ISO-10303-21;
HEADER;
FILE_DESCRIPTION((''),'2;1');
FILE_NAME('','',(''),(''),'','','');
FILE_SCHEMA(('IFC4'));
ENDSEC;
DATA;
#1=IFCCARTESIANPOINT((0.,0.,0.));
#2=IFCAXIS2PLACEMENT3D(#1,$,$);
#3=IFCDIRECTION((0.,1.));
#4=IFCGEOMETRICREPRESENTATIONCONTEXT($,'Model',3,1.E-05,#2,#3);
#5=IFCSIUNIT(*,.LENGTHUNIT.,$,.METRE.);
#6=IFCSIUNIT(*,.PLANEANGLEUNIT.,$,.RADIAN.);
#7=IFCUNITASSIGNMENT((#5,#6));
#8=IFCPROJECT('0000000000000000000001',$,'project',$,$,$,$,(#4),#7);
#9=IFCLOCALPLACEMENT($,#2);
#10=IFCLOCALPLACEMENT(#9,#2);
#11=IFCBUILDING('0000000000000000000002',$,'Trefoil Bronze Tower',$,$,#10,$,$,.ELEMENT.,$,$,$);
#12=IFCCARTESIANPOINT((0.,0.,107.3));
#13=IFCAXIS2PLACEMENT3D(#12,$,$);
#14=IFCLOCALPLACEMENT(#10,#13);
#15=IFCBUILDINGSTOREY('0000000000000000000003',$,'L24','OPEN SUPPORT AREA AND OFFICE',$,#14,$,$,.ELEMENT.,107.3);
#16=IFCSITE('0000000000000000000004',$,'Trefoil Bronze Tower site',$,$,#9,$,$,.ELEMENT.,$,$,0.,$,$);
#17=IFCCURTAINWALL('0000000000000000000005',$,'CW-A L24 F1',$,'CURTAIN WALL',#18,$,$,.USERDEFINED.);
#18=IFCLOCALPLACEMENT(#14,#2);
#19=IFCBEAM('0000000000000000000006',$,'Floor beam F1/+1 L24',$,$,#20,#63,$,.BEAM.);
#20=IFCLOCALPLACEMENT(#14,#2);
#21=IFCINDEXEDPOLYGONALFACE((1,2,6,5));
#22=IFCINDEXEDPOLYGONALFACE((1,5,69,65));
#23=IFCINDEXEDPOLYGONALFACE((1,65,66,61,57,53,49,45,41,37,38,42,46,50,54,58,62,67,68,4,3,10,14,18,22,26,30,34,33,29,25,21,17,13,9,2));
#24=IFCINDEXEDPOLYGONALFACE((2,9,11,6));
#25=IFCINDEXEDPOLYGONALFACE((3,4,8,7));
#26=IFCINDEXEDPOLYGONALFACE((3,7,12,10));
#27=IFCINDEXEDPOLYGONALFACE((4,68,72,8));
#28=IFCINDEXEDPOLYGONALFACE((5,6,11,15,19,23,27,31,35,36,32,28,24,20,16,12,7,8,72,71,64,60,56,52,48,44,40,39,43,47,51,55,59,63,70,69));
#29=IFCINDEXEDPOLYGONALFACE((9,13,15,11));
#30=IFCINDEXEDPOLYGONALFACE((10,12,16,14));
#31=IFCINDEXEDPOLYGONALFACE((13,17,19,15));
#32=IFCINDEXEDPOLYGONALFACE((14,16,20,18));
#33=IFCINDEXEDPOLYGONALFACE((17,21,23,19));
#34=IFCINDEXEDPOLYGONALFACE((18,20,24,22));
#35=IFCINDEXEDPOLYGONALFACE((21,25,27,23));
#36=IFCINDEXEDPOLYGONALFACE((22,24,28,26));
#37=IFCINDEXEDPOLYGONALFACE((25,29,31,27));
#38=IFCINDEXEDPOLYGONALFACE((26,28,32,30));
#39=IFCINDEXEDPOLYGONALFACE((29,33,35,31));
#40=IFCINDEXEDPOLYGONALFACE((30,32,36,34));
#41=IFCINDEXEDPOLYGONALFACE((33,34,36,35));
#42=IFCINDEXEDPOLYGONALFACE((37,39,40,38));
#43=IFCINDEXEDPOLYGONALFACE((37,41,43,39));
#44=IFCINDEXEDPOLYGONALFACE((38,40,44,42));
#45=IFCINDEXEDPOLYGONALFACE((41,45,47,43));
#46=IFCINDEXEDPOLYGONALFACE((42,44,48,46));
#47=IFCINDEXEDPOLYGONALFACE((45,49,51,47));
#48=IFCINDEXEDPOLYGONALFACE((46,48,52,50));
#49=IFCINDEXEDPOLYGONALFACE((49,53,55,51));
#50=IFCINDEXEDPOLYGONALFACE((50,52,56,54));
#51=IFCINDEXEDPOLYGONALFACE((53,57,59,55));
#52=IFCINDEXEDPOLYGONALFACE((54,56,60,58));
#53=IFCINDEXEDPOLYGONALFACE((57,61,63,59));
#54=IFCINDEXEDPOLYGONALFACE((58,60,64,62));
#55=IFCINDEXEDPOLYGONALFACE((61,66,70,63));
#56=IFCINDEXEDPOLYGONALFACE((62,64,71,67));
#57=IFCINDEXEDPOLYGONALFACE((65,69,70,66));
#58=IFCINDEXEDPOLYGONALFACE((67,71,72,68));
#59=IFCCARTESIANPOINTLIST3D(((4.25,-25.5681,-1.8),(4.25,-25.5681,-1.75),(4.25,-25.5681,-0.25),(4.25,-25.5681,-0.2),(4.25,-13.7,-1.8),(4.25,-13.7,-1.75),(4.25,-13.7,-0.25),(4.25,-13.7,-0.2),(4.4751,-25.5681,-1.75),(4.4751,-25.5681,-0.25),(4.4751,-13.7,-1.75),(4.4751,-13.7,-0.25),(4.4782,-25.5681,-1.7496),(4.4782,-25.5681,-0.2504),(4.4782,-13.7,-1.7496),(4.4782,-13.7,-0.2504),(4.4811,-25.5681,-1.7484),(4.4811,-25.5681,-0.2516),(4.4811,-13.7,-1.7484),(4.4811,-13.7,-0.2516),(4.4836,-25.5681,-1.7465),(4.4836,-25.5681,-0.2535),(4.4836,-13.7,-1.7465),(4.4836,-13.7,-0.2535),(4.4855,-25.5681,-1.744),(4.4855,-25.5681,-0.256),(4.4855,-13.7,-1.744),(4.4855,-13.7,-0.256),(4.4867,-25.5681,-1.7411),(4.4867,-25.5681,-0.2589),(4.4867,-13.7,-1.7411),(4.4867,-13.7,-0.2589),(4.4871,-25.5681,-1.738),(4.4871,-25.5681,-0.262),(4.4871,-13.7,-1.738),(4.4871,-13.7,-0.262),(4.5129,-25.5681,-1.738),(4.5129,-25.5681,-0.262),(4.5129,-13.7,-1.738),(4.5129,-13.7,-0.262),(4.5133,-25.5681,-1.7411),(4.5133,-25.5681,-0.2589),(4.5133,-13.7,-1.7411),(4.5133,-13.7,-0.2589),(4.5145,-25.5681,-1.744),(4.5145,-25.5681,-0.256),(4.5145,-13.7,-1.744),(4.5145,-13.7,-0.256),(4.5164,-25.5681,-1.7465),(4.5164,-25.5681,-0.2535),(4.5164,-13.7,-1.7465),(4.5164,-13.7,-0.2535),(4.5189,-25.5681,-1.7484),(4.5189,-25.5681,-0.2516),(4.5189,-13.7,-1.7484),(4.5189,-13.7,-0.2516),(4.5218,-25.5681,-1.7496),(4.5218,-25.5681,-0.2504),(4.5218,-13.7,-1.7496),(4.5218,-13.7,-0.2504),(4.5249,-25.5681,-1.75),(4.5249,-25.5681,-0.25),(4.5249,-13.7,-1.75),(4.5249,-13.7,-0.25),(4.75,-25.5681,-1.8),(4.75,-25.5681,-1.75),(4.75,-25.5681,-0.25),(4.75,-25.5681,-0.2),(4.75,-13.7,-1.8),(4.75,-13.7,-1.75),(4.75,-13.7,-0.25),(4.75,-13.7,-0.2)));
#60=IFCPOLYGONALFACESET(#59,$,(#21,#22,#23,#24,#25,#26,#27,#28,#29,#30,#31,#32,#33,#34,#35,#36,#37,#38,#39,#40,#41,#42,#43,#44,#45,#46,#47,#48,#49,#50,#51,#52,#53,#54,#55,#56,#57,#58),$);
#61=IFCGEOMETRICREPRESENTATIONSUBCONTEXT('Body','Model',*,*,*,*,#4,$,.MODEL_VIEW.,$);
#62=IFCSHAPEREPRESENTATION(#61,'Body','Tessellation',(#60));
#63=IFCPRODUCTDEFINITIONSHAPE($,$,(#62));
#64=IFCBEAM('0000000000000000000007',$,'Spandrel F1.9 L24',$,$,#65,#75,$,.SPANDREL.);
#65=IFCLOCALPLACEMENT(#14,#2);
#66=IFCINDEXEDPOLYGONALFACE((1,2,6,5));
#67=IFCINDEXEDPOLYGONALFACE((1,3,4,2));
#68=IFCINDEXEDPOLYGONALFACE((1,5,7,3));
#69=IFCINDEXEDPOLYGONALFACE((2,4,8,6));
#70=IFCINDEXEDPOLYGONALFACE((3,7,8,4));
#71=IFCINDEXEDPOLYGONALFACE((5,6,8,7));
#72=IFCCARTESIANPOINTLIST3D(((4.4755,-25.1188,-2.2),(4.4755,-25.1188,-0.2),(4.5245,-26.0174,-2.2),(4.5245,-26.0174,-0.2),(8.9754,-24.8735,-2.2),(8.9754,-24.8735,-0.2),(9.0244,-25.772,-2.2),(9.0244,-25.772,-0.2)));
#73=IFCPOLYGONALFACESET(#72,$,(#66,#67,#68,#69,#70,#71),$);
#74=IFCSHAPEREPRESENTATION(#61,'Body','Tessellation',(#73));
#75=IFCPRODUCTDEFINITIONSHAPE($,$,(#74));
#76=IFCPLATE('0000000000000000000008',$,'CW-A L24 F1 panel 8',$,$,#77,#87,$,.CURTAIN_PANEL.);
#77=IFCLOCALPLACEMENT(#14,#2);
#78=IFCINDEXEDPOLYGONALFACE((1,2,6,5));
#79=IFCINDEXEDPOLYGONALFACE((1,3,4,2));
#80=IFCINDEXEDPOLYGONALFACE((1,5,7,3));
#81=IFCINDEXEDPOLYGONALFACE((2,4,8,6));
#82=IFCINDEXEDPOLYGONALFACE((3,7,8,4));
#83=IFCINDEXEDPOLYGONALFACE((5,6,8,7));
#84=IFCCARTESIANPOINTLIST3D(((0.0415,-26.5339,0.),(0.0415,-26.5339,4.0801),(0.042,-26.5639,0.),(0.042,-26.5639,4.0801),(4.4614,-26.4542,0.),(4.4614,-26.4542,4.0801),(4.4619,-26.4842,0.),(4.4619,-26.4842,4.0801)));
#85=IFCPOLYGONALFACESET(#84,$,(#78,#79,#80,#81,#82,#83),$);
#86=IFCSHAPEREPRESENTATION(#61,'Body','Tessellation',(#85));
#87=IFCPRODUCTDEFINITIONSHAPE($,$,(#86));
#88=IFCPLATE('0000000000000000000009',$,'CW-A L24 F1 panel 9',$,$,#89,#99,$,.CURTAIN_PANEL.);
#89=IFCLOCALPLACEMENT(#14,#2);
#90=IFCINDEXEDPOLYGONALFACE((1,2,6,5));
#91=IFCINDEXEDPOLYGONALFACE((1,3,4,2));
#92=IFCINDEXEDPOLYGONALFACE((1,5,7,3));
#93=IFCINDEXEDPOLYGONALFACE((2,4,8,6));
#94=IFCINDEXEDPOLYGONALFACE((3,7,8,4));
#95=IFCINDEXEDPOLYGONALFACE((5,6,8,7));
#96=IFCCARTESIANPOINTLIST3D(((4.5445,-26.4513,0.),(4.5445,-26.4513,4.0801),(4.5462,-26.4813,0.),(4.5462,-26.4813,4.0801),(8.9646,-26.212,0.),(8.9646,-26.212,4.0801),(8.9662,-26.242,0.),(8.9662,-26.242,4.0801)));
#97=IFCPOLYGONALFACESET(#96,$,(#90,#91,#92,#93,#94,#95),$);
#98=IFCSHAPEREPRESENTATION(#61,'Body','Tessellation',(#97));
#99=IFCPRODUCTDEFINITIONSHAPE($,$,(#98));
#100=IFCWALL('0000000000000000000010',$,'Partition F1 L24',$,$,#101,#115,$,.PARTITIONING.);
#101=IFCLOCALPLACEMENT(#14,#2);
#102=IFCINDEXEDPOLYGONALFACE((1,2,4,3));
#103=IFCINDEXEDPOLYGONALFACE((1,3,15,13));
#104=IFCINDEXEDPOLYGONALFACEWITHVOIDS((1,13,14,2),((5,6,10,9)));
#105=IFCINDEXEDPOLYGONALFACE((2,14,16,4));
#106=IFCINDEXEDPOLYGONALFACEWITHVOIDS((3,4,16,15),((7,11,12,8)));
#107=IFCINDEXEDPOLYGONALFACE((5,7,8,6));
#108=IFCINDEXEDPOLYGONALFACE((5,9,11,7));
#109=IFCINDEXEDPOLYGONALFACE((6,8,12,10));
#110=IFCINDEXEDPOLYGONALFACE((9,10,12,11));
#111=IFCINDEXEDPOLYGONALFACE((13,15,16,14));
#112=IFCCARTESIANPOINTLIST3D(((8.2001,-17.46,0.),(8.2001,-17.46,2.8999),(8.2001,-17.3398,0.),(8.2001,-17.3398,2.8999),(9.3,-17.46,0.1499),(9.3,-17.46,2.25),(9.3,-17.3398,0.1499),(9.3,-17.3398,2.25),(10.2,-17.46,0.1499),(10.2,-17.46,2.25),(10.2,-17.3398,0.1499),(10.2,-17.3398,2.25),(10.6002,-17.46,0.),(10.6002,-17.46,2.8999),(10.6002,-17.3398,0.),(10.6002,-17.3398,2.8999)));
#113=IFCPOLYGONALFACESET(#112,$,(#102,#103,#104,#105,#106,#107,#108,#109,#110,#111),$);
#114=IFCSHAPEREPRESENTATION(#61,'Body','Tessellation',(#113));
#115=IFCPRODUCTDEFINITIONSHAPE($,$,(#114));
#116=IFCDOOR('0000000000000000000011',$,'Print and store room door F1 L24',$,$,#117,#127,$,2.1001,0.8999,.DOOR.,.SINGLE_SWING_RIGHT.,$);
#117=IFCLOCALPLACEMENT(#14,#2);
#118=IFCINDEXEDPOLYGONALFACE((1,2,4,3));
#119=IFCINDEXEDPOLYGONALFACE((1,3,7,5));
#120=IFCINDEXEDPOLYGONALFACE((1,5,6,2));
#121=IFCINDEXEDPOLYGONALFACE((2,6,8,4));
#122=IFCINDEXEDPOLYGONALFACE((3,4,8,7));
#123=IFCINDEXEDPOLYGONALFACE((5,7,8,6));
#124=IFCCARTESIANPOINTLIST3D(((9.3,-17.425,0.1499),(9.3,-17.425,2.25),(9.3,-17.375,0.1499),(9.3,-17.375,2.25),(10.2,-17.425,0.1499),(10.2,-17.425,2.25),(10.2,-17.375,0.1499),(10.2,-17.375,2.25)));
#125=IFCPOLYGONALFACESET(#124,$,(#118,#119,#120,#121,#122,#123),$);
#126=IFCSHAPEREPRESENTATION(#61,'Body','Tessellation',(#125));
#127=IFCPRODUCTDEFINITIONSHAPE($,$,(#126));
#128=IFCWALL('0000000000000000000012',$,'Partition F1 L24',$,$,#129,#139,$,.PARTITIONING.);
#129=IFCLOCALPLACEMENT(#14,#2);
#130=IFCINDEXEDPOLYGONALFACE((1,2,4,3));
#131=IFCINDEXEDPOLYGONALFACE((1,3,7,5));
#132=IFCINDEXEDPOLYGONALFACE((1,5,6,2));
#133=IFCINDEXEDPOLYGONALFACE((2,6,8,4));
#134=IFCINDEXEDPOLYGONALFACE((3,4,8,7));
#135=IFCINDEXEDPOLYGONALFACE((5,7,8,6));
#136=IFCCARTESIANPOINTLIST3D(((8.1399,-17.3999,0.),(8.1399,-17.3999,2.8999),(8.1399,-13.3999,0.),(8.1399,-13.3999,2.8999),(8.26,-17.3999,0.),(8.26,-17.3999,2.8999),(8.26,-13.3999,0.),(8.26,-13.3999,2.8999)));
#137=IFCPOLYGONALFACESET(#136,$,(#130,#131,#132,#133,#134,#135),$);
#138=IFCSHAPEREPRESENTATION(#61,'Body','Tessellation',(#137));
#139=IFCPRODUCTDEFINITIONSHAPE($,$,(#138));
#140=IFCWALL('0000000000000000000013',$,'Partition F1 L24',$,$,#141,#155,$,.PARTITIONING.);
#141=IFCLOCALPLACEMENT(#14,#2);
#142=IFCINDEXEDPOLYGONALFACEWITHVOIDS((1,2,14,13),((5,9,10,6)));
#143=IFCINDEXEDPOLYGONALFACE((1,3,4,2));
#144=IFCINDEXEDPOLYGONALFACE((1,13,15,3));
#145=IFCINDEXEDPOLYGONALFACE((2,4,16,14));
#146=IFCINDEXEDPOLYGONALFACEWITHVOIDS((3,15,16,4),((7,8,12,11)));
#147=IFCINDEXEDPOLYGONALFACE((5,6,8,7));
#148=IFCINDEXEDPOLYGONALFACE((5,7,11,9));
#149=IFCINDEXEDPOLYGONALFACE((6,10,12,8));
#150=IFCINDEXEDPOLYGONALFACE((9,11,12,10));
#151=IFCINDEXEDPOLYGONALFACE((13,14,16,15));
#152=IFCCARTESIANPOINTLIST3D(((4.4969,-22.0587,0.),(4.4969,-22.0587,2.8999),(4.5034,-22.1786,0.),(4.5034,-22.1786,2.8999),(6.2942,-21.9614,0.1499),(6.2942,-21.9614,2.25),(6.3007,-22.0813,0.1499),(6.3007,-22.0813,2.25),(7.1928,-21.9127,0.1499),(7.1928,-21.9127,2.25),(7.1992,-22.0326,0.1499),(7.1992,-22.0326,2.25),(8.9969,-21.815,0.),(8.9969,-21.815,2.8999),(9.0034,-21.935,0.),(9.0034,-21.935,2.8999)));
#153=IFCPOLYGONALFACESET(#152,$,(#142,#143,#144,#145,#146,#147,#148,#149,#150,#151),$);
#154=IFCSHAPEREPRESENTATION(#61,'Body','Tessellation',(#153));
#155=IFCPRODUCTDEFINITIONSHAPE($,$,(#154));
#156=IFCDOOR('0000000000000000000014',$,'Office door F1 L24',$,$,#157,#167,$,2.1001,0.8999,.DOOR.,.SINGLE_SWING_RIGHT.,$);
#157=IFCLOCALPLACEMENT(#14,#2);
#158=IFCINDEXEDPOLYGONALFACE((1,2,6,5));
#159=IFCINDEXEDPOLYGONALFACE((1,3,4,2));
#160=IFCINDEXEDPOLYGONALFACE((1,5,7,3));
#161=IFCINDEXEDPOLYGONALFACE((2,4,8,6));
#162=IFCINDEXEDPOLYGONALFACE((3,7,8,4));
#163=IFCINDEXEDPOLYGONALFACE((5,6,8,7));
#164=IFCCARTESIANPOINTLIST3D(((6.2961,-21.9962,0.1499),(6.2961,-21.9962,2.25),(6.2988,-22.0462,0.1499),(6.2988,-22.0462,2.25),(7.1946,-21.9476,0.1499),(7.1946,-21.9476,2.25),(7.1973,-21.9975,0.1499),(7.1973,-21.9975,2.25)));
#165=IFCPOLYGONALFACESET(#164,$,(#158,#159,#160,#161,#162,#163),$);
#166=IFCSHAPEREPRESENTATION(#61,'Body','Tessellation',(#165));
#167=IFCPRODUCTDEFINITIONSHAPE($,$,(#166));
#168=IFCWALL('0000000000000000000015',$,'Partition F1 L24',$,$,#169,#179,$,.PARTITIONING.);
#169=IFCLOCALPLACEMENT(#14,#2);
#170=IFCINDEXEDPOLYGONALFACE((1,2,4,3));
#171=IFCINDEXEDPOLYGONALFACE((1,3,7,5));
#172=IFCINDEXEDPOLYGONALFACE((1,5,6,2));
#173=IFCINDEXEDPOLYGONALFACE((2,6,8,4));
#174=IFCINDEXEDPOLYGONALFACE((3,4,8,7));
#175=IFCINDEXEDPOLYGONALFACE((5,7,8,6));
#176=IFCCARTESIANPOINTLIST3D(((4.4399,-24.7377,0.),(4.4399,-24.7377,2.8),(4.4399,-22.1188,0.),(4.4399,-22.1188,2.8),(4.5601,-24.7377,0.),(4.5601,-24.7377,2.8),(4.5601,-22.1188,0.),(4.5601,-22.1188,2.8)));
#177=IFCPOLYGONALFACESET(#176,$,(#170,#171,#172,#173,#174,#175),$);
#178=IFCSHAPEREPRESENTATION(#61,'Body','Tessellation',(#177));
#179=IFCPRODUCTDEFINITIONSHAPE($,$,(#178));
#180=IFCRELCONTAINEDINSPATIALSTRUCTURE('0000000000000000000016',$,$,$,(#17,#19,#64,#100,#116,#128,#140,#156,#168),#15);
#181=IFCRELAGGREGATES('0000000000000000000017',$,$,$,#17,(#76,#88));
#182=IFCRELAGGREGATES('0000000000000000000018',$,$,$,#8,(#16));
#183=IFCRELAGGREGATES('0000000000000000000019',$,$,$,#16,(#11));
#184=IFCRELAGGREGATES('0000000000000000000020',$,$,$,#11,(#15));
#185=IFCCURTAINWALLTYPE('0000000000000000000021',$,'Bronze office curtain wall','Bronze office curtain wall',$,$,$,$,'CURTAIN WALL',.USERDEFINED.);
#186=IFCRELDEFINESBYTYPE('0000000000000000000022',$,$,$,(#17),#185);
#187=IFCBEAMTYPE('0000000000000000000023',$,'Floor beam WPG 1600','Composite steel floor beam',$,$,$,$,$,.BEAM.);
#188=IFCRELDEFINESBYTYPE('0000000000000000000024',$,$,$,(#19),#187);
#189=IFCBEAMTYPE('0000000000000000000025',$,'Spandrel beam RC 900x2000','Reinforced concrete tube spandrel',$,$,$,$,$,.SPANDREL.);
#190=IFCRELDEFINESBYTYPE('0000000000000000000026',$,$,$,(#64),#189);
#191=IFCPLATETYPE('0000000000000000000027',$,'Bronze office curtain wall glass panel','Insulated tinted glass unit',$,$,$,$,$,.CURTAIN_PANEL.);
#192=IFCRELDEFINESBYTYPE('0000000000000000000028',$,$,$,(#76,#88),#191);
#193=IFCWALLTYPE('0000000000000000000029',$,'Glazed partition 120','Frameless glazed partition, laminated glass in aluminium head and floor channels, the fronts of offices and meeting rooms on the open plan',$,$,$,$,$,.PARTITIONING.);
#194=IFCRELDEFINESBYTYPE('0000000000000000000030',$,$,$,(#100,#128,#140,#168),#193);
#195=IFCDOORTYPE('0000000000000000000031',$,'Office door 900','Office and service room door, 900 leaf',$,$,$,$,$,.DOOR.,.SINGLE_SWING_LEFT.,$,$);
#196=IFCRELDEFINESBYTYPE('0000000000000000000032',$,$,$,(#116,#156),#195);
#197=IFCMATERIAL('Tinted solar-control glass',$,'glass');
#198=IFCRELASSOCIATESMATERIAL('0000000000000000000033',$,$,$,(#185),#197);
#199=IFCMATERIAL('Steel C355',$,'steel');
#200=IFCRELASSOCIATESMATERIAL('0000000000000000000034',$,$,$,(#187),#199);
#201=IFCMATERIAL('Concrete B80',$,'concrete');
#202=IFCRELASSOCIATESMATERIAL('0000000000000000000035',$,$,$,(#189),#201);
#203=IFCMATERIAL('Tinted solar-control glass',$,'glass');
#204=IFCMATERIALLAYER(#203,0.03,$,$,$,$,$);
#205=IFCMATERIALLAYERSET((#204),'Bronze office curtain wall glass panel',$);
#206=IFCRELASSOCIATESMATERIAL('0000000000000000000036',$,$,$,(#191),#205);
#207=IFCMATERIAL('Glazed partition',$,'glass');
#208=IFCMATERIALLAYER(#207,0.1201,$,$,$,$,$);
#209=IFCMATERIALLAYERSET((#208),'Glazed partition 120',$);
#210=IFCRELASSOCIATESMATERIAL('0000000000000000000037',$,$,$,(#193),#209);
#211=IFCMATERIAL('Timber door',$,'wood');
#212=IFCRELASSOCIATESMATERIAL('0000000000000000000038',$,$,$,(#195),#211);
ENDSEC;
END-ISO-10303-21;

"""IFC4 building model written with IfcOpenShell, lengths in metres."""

from ifc_helpers import new_model, si_unit, direction, frame, frame_2d, origin, origin_2d, place, context, subcontext, project, spatial, rectangle, i_section, extrude, material, layer, layer_set, material_profile, profile_set, type_object, element, fill, aggregate, save


model = new_model("IFC4")

# Units and contexts
model_context = context("Model", 3, precision=1e-05, world=origin(), true_north=direction((0.0, 1.0)))
body_context = subcontext(model_context, "Body", "Model", "MODEL_VIEW")
ifc_project = project(units=[si_unit("LENGTHUNIT", "METRE"), si_unit("PLANEANGLEUNIT", "RADIAN")], contexts=[model_context])

# Site, building, storey
site_placement = place(None, origin())
site = spatial("IfcSite", under=ifc_project, at=site_placement, Name="Trefoil Bronze Tower site", CompositionType="ELEMENT", RefElevation=0.0)
building_placement = place(site_placement, origin())
building = spatial("IfcBuilding", under=site, at=building_placement, Name="Trefoil Bronze Tower", CompositionType="ELEMENT")
storey_placement = place(building_placement, frame((0.0, 0.0, 107.3)))
storey = spatial("IfcBuildingStorey", under=building, at=storey_placement, Name="L24", Description="OPEN SUPPORT AREA AND OFFICE", CompositionType="ELEMENT", Elevation=107.3)

# Curtain wall
ifc_material_1 = material(Name="Tinted solar-control glass", Category="glass")
curtain_wall_type = type_object("IfcCurtainWallType", Name="Bronze office curtain wall", Description="Bronze office curtain wall", ElementType="CURTAIN WALL", PredefinedType="USERDEFINED", material=ifc_material_1)
curtain_wall_placement = place(storey_placement, origin())
curtain_wall = element("IfcCurtainWall", 1, at=curtain_wall_placement, inside=storey, type_object=curtain_wall_type, Name="CW-A L24 F1", ObjectType="CURTAIN WALL", PredefinedType="USERDEFINED")

# Beams
ifc_material_2 = material(Name="Steel C355", Category="steel")
ifc_material_profile_1 = material_profile(ifc_material_2, i_section(OverallWidth=0.5, OverallDepth=1.6001, WebThickness=0.0259, FlangeThickness=0.05, FilletRadius=0.012, at=origin_2d()), Name="WPG 1600")
ifc_profile_set_1 = profile_set([ifc_material_profile_1], Name="Steel C355")
beam_type_1 = type_object("IfcBeamType", Name="Floor beam WPG 1600", Description="Composite steel floor beam", PredefinedType="BEAM", material=ifc_profile_set_1)
beam_1_placement = place(storey_placement, frame((4.5, -25.5681, -1.0), z_axis=(0.0, 1.0, 0.0), x_axis=(-1.0, 0.0, 0.0)))
element("IfcBeam", 2, at=beam_1_placement, inside=storey, type_object=beam_type_1, Name="Floor beam F1/+1 L24", PredefinedType="BEAM", context=body_context, shape_type="SweptSolid", body=[
    extrude(i_section(OverallWidth=0.5, OverallDepth=1.6001, WebThickness=0.0259, FlangeThickness=0.05, FilletRadius=0.012, at=origin_2d()), origin(), (0.0, 0.0, 1.0), 11.8682),
])
ifc_material_3 = material(Name="Concrete B80", Category="concrete")
ifc_material_profile_2 = material_profile(ifc_material_3, rectangle(XDim=0.8999, YDim=2.0, at=origin_2d()), Name="RC 900x2000")
ifc_profile_set_2 = profile_set([ifc_material_profile_2], Name="Concrete B80")
beam_type_2 = type_object("IfcBeamType", Name="Spandrel beam RC 900x2000", Description="Reinforced concrete tube spandrel", PredefinedType="SPANDREL", material=ifc_profile_set_2)
beam_2_placement = place(storey_placement, frame((4.5, -25.5681, -1.2), z_axis=(0.998517, 0.054444, 0.0), x_axis=(-0.054444, 0.998517, 0.0)))
element("IfcBeam", 3, at=beam_2_placement, inside=storey, type_object=beam_type_2, Name="Spandrel F1.9 L24", PredefinedType="SPANDREL", context=body_context, shape_type="SweptSolid", body=[
    extrude(rectangle(XDim=0.8999, YDim=2.0, at=origin_2d()), origin(), (0.0, 0.0, 1.0), 4.5066),
])

# Plates
ifc_material_4 = material(Name="Tinted solar-control glass", Category="glass")
ifc_layer_1 = layer(ifc_material_4, 0.03)
ifc_layer_set_1 = layer_set([ifc_layer_1], Name="Bronze office curtain wall glass panel")
plate_type = type_object("IfcPlateType", Name="Bronze office curtain wall glass panel", Description="Insulated tinted glass unit", PredefinedType="CURTAIN_PANEL", material=ifc_layer_set_1)
plate_1_placement = place(storey_placement, frame((2.2517, -26.509, 0.0), z_axis=(0.0, 0.0, 1.0), x_axis=(0.999838, 0.018021, 0.0)))
plate_1 = element("IfcPlate", 4, at=plate_1_placement, type_object=plate_type, Name="CW-A L24 F1 panel 8", PredefinedType="CURTAIN_PANEL", context=body_context, shape_type="SweptSolid", body=[
    extrude(rectangle(XDim=4.4207, YDim=0.03, at=origin_2d()), origin(), (0.0, 0.0, 1.0), 4.0801),
])
plate_2_placement = place(storey_placement, frame((6.7554, -26.3467, 0.0), z_axis=(0.0, 0.0, 1.0), x_axis=(0.998538, 0.054063, 0.0)))
plate_2 = element("IfcPlate", 5, at=plate_2_placement, type_object=plate_type, Name="CW-A L24 F1 panel 9", PredefinedType="CURTAIN_PANEL", context=body_context, shape_type="SweptSolid", body=[
    extrude(rectangle(XDim=4.4265, YDim=0.03, at=origin_2d()), origin(), (0.0, 0.0, 1.0), 4.0801),
])
aggregate(curtain_wall, [plate_1, plate_2])

# Wall, opening, door
ifc_material_5 = material(Name="Glazed partition", Category="glass")
ifc_layer_2 = layer(ifc_material_5, 0.1201)
ifc_layer_set_2 = layer_set([ifc_layer_2], Name="Glazed partition 120")
wall_type = type_object("IfcWallType", Name="Glazed partition 120", Description="Frameless glazed partition, laminated glass in aluminium head and floor channels, the fronts of offices and meeting rooms on the open plan", PredefinedType="PARTITIONING", material=ifc_layer_set_2)
wall_1_placement = place(storey_placement, frame((8.2, -17.3999, 0.0), z_axis=(0.0, 0.0, 1.0), x_axis=(1.0, 0.0, 0.0)))
wall_1 = element("IfcWall", 6, at=wall_1_placement, inside=storey, type_object=wall_type, Name="Partition F1 L24", PredefinedType="PARTITIONING", context=body_context, shape_type="SweptSolid", body=[
    extrude(rectangle(XDim=2.4001, YDim=0.1201, at=frame_2d((1.2002, 0.0))), origin(), (0.0, 0.0, 1.0), 2.8999),
])
opening_1_placement = place(wall_1_placement, frame((1.1001, 0.0, 0.1499)))
opening_1 = element("IfcOpeningElement", 7, at=opening_1_placement, cuts=wall_1, PredefinedType="OPENING", context=body_context, shape_type="SweptSolid", body=[
    extrude(rectangle(XDim=0.8999, YDim=2.1001, at=frame_2d((0.45, 1.05))), frame((0.0, 0.0701, 0.0), z_axis=(0.0, -1.0, 0.0), x_axis=(1.0, 0.0, 0.0)), (0.0, 0.0, 1.0), 0.1401),
])
ifc_material_6 = material(Name="Timber door", Category="wood")
door_type = type_object("IfcDoorType", Name="Office door 900", Description="Office and service room door, 900 leaf", OperationType="SINGLE_SWING_LEFT", PredefinedType="DOOR", material=ifc_material_6)
door_1_placement = place(opening_1_placement, origin())
door_1 = element("IfcDoor", 8, at=door_1_placement, inside=storey, type_object=door_type, Name="Print and store room door F1 L24", OperationType="SINGLE_SWING_RIGHT", OverallHeight=2.1001, OverallWidth=0.8999, PredefinedType="DOOR", context=body_context, shape_type="SweptSolid", body=[
    extrude(rectangle(XDim=0.8999, YDim=2.1001, at=frame_2d((0.45, 1.05))), frame((0.0, 0.0249, 0.0), z_axis=(0.0, -1.0, 0.0), x_axis=(1.0, 0.0, 0.0)), (0.0, 0.0, 1.0), 0.05),
])
fill(opening_1, door_1)

# Wall
wall_2_placement = place(storey_placement, frame((8.2, -13.3999, 0.0), z_axis=(0.0, 0.0, 1.0), x_axis=(0.0, -1.0, 0.0)))
element("IfcWall", 9, at=wall_2_placement, inside=storey, type_object=wall_type, Name="Partition F1 L24", PredefinedType="PARTITIONING", context=body_context, shape_type="SweptSolid", body=[
    extrude(rectangle(XDim=4.0, YDim=0.1201, at=frame_2d((2.0, 0.0))), origin(), (0.0, 0.0, 1.0), 2.8999),
])

# Wall, opening, door
wall_3_placement = place(storey_placement, frame((4.5, -22.1187, 0.0), z_axis=(0.0, 0.0, 1.0), x_axis=(0.998537, 0.054066, 0.0)))
wall_3 = element("IfcWall", 10, at=wall_3_placement, inside=storey, type_object=wall_type, Name="Partition F1 L24", PredefinedType="PARTITIONING", context=body_context, shape_type="SweptSolid", body=[
    extrude(rectangle(XDim=4.5066, YDim=0.1201, at=frame_2d((2.2534, 0.0))), origin(), (0.0, 0.0, 1.0), 2.8999),
])
opening_2_placement = place(wall_3_placement, frame((1.8, 0.0, 0.1499)))
opening_2 = element("IfcOpeningElement", 11, at=opening_2_placement, cuts=wall_3, PredefinedType="OPENING", context=body_context, shape_type="SweptSolid", body=[
    extrude(rectangle(XDim=0.8999, YDim=2.1001, at=frame_2d((0.45, 1.05))), frame((0.0, 0.0701, 0.0), z_axis=(0.0, -1.0, 0.0), x_axis=(1.0, 0.0, 0.0)), (0.0, 0.0, 1.0), 0.1401),
])
door_2_placement = place(opening_2_placement, frame((0.8999, 0.0, 0.0), z_axis=(0.0, 0.0, 1.0), x_axis=(-1.0, 0.0, 0.0)))
door_2 = element("IfcDoor", 12, at=door_2_placement, inside=storey, type_object=door_type, Name="Office door F1 L24", OperationType="SINGLE_SWING_RIGHT", OverallHeight=2.1001, OverallWidth=0.8999, PredefinedType="DOOR", context=body_context, shape_type="SweptSolid", body=[
    extrude(rectangle(XDim=0.8999, YDim=2.1001, at=frame_2d((0.45, 1.05))), frame((0.0, 0.0249, 0.0), z_axis=(0.0, -1.0, 0.0), x_axis=(1.0, 0.0, 0.0)), (0.0, 0.0, 1.0), 0.05),
])
fill(opening_2, door_2)

# Wall
wall_4_placement = place(storey_placement, frame((4.5, -22.1187, 0.0), z_axis=(0.0, 0.0, 1.0), x_axis=(0.0, -1.0, 0.0)))
element("IfcWall", 13, at=wall_4_placement, inside=storey, type_object=wall_type, Name="Partition F1 L24", PredefinedType="PARTITIONING", context=body_context, shape_type="SweptSolid", body=[
    extrude(rectangle(XDim=2.6189, YDim=0.1201, at=frame_2d((1.3096, 0.0))), origin(), (0.0, 0.0, 1.0), 2.8),
])

save(model, "model.ifc")
